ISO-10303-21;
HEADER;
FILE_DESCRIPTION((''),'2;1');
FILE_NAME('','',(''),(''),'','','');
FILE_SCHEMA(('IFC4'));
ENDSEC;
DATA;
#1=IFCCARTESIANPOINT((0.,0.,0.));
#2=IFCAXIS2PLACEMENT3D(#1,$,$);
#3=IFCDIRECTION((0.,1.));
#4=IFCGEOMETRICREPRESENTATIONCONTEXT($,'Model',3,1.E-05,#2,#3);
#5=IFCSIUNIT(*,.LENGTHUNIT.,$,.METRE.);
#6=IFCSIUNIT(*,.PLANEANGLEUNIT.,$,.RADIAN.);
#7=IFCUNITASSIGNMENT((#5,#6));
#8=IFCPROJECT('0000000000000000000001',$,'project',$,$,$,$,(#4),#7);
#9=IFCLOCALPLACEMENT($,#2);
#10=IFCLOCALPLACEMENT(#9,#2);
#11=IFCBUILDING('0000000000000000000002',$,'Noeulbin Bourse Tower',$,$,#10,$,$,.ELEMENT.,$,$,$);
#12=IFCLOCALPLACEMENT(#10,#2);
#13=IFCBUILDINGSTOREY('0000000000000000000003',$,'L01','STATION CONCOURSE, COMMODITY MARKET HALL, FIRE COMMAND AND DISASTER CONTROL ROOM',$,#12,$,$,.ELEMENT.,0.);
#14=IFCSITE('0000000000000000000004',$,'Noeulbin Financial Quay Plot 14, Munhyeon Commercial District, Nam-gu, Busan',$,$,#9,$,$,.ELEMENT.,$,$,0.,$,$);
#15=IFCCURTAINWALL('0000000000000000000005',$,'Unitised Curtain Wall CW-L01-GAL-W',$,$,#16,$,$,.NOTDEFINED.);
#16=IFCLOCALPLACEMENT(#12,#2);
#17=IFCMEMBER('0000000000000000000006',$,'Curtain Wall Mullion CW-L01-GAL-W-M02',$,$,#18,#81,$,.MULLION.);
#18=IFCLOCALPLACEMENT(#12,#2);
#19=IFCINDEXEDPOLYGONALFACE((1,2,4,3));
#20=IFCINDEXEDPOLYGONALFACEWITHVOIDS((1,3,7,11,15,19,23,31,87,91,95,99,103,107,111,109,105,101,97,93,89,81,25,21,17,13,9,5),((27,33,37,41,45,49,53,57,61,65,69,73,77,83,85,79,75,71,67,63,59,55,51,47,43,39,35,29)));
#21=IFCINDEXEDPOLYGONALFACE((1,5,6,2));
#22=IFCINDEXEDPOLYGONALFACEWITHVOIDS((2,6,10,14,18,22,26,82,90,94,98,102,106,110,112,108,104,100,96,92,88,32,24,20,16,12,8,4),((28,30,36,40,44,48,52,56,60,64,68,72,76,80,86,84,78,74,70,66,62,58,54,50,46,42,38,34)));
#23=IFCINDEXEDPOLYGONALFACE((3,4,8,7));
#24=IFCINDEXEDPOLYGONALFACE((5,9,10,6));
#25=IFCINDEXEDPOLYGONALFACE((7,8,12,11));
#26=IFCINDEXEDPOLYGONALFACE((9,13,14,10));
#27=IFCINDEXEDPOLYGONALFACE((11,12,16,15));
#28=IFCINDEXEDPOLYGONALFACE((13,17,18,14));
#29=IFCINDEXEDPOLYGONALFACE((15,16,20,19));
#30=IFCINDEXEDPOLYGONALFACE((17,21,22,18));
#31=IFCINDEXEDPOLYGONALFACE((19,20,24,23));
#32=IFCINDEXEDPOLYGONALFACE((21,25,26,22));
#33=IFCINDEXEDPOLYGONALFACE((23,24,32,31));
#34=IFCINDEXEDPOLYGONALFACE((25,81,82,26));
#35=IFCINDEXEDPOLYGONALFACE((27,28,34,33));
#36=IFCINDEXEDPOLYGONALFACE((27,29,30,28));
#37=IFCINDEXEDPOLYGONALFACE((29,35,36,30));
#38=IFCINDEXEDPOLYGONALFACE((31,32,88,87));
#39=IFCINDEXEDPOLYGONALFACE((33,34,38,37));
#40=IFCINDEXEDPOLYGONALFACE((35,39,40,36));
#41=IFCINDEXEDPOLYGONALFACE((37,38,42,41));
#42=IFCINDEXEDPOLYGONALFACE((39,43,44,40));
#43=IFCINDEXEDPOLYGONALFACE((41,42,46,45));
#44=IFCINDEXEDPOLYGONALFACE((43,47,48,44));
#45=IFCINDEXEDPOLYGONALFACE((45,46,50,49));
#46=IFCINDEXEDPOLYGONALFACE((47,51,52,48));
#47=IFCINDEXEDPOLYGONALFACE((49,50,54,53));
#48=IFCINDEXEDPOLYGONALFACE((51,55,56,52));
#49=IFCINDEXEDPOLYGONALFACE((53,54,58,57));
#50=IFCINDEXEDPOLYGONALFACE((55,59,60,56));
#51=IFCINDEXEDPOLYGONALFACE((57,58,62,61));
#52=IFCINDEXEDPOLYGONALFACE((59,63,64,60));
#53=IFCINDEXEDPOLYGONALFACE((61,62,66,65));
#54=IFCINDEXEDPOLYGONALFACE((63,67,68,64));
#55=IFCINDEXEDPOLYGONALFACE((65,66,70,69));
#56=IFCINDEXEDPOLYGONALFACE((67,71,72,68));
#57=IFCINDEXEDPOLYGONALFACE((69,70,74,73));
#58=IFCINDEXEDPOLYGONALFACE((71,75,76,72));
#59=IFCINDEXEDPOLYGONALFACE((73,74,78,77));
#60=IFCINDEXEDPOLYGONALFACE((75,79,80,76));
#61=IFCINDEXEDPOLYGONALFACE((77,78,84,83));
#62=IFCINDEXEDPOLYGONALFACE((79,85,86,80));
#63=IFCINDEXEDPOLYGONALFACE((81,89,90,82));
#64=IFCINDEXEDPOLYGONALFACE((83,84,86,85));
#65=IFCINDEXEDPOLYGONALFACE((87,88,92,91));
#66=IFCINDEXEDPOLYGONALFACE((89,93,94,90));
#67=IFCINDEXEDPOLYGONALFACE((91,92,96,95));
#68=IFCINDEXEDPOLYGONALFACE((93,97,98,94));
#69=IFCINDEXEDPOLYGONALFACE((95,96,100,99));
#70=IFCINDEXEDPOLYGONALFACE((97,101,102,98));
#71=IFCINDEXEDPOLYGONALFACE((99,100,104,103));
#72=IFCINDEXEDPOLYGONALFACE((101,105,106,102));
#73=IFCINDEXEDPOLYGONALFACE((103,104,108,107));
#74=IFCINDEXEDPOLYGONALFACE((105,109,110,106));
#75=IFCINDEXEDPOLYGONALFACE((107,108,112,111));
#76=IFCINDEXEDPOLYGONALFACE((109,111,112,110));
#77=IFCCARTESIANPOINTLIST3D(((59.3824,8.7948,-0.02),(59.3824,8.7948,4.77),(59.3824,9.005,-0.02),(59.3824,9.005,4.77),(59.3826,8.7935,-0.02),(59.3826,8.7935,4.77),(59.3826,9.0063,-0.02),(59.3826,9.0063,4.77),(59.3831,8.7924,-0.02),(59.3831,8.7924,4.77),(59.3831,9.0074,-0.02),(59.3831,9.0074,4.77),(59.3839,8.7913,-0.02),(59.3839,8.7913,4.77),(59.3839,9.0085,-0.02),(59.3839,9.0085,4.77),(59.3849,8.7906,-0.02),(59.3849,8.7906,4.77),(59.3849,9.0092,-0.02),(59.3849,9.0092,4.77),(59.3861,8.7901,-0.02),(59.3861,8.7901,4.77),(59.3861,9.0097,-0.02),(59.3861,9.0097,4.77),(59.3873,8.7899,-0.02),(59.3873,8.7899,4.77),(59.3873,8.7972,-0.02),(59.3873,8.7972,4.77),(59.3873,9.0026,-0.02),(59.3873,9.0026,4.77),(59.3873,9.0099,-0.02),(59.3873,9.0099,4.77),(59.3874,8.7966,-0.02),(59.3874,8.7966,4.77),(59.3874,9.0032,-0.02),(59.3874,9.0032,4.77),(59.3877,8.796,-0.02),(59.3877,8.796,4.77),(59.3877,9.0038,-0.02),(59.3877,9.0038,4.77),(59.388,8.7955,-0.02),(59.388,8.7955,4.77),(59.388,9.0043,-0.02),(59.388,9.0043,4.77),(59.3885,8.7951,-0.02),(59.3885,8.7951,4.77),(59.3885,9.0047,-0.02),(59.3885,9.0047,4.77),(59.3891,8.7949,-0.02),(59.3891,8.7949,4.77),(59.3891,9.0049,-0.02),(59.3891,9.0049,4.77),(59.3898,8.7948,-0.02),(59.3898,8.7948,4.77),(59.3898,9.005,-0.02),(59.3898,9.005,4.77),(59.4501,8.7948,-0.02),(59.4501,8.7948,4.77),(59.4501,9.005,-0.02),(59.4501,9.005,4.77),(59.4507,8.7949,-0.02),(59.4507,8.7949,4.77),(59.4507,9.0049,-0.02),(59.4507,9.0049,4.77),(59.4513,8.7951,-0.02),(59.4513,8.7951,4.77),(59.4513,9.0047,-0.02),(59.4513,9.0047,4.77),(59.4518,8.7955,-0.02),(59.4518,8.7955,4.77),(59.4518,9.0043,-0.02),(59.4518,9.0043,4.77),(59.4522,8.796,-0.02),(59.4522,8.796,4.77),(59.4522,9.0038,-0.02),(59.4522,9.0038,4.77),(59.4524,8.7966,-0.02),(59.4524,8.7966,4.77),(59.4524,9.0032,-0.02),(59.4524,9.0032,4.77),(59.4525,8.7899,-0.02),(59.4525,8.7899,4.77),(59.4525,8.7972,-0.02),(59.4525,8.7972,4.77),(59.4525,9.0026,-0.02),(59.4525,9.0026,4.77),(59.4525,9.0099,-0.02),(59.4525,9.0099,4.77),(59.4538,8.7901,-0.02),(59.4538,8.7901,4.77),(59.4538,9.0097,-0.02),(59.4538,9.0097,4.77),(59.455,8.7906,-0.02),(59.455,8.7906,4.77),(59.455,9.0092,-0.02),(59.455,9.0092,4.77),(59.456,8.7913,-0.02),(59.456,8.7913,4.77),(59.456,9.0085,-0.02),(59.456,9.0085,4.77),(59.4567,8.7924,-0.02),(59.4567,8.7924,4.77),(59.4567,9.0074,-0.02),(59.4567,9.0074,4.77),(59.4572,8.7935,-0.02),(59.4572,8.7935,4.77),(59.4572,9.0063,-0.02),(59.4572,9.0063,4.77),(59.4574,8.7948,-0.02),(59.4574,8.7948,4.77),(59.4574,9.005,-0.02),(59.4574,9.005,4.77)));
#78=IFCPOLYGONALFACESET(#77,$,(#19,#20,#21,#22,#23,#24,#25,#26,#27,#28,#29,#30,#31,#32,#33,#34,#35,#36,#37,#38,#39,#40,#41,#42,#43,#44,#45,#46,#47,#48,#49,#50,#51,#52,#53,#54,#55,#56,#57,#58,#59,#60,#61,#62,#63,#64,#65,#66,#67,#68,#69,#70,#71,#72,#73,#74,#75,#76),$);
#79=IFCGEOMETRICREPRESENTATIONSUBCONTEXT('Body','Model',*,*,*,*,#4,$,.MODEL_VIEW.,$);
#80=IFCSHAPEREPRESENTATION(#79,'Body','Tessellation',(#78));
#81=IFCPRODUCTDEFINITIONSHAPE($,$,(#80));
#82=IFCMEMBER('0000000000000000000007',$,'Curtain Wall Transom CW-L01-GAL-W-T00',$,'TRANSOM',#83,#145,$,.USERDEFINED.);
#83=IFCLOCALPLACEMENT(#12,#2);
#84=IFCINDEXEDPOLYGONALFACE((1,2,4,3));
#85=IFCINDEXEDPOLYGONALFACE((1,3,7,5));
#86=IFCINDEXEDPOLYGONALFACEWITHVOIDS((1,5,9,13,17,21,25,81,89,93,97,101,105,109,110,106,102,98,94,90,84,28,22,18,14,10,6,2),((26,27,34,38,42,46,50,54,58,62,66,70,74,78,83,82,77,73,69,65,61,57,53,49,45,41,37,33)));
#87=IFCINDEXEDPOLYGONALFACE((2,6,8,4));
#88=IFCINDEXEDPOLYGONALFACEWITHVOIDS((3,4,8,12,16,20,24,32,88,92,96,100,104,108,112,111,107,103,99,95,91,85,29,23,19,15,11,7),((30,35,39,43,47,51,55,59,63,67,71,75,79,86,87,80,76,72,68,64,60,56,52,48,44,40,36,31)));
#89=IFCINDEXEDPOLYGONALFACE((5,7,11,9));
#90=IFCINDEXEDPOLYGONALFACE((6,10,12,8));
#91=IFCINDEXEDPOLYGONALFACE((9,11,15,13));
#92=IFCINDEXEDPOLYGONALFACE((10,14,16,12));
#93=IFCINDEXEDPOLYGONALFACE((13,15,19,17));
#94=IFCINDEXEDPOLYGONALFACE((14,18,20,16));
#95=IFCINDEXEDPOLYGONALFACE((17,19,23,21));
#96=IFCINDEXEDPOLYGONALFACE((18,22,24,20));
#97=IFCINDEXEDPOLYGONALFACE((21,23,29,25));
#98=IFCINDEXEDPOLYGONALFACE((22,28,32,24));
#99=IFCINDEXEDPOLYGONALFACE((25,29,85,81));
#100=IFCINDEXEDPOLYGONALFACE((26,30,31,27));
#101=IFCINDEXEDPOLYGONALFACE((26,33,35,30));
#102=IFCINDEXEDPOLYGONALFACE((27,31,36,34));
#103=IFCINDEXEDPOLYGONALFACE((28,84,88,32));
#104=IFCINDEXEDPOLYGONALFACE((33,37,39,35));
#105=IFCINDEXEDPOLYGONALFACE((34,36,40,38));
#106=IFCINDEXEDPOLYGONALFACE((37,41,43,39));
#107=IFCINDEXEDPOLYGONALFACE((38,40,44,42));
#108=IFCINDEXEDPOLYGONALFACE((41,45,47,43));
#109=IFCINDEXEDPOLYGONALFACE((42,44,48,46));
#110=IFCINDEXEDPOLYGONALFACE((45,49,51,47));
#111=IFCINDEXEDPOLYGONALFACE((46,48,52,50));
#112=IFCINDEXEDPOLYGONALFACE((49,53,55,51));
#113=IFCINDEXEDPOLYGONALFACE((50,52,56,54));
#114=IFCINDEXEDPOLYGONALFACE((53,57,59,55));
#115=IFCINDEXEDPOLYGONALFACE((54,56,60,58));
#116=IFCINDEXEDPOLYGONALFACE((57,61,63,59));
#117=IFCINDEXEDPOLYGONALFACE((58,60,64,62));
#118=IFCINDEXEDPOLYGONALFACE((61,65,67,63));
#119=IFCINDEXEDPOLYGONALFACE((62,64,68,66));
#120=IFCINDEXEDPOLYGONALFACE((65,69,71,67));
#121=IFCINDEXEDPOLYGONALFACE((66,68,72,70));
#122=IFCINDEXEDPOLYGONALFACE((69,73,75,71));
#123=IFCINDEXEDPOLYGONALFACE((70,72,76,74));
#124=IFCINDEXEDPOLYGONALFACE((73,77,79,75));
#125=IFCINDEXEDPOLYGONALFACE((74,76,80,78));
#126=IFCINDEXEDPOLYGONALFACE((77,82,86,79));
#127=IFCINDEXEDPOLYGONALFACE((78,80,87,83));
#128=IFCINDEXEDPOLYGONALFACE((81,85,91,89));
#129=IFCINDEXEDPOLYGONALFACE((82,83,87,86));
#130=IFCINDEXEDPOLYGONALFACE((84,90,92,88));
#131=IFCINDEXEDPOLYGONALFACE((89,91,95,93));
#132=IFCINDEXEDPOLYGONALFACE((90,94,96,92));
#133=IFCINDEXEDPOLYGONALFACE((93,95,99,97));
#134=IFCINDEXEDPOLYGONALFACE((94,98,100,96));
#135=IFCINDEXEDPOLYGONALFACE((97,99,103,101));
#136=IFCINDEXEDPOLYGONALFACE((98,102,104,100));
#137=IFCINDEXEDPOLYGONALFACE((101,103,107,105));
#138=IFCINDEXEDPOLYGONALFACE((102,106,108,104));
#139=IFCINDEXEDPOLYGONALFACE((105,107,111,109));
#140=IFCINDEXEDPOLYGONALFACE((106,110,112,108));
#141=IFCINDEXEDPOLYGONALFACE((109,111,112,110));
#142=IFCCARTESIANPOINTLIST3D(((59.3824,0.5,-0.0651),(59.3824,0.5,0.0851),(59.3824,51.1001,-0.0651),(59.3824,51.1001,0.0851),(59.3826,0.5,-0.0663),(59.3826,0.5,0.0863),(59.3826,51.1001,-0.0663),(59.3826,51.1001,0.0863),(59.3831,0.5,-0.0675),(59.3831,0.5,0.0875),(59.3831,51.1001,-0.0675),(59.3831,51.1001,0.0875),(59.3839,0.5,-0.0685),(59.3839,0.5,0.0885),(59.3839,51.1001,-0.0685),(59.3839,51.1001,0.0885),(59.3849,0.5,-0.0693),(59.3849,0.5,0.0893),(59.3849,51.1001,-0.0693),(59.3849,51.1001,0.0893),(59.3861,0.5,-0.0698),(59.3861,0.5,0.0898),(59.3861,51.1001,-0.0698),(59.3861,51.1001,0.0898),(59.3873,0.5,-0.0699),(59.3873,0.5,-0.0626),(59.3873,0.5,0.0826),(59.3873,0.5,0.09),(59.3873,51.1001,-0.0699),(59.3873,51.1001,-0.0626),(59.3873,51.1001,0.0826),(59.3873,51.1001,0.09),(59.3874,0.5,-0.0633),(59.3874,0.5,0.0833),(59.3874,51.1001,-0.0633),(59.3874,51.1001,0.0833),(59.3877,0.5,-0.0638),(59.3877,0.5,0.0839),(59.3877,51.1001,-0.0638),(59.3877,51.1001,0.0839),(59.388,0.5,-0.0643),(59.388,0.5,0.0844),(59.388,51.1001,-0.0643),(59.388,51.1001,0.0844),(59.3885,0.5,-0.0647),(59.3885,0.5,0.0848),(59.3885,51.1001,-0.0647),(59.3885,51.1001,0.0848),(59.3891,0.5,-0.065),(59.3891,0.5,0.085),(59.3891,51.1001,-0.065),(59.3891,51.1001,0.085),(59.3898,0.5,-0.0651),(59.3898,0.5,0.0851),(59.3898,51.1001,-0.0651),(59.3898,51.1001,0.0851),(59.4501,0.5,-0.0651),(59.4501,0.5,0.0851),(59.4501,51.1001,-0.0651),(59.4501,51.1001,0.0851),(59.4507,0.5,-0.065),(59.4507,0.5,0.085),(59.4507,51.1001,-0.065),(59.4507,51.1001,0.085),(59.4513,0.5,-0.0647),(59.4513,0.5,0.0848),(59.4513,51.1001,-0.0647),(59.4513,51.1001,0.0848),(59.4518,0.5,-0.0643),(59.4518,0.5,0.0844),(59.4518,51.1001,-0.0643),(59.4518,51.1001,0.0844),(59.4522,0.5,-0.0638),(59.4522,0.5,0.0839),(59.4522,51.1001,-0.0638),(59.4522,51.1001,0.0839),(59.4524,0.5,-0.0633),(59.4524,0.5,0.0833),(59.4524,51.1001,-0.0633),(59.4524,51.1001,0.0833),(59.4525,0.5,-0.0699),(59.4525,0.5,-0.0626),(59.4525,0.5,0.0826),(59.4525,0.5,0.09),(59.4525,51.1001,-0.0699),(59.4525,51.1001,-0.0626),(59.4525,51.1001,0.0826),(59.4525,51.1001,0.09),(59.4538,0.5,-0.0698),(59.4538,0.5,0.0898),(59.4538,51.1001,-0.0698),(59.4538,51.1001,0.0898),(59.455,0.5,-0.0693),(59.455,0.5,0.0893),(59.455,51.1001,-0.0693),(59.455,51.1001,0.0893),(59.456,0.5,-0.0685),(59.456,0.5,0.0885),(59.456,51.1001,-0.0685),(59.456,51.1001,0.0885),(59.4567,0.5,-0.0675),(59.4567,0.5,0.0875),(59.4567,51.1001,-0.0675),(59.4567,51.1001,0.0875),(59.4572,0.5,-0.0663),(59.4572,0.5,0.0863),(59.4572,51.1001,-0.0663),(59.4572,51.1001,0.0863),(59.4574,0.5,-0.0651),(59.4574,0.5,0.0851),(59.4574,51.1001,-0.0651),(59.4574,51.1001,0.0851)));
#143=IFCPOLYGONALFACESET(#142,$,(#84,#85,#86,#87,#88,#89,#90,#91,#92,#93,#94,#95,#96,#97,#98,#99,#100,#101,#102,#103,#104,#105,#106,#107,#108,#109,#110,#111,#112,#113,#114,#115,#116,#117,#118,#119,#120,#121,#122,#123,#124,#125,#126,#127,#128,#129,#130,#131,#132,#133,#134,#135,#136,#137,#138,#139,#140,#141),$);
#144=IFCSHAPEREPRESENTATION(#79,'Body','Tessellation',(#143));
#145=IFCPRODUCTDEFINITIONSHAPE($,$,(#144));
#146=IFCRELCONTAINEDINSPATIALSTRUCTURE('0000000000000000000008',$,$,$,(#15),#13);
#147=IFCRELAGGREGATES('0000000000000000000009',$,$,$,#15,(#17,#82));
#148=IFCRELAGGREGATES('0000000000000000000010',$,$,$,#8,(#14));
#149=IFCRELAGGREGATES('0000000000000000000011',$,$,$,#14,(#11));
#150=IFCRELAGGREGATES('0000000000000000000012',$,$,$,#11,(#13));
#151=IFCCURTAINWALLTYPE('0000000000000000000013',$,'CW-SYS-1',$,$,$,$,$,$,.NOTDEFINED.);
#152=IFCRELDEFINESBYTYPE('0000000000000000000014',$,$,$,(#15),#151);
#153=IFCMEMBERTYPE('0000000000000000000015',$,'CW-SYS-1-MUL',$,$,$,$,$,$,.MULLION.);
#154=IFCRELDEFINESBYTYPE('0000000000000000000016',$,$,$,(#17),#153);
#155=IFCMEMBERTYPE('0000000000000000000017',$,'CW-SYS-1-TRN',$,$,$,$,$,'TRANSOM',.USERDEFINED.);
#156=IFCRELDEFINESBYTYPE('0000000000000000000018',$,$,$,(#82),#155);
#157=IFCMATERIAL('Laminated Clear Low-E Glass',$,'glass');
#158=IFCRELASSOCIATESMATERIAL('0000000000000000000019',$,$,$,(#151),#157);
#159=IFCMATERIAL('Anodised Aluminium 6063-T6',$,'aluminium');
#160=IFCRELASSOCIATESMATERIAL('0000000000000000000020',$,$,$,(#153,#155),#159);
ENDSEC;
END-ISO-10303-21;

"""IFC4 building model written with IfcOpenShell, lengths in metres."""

from ifc_helpers import new_model, si_unit, direction, frame, origin, origin_2d, place, context, subcontext, project, spatial, hollow_rectangle, extrude, material, material_profile, profile_set, type_object, element, aggregate, save


model = new_model("IFC4")

# Units and contexts
model_context = context("Model", 3, precision=1e-05, world=origin(), true_north=direction((0.0, 1.0)))
body_context = subcontext(model_context, "Body", "Model", "MODEL_VIEW")
ifc_project = project(units=[si_unit("LENGTHUNIT", "METRE"), si_unit("PLANEANGLEUNIT", "RADIAN")], contexts=[model_context])

# Site, building, storey
site_placement = place(None, origin())
site = spatial("IfcSite", under=ifc_project, at=site_placement, Name="Noeulbin Financial Quay Plot 14, Munhyeon Commercial District, Nam-gu, Busan", CompositionType="ELEMENT", RefElevation=0.0)
building_placement = place(site_placement, origin())
building = spatial("IfcBuilding", under=site, at=building_placement, Name="Noeulbin Bourse Tower", CompositionType="ELEMENT")
storey_placement = place(building_placement, origin())
storey = spatial("IfcBuildingStorey", under=building, at=storey_placement, Name="L01", Description="STATION CONCOURSE, COMMODITY MARKET HALL, FIRE COMMAND AND DISASTER CONTROL ROOM", CompositionType="ELEMENT", Elevation=0.0)

# Curtain wall, members
ifc_material_1 = material(Name="Laminated Clear Low-E Glass", Category="glass")
curtain_wall_type = type_object("IfcCurtainWallType", Name="CW-SYS-1", PredefinedType="NOTDEFINED", material=ifc_material_1)
curtain_wall_placement = place(storey_placement, origin())
curtain_wall = element("IfcCurtainWall", 1, at=curtain_wall_placement, inside=storey, type_object=curtain_wall_type, Name="Unitised Curtain Wall CW-L01-GAL-W", PredefinedType="NOTDEFINED")
ifc_material_2 = material(Name="Anodised Aluminium 6063-T6", Category="aluminium")
ifc_material_profile_1 = material_profile(ifc_material_2, hollow_rectangle(XDim=0.075, YDim=0.22, WallThickness=0.0049, InnerFilletRadius=0.0024, OuterFilletRadius=0.0049, at=origin_2d()), Name="ALU-MULL-75x220x5", Category="LoadBearing")
ifc_profile_set_1 = profile_set([ifc_material_profile_1], Name="Anodised Aluminium 6063-T6")
member_type_1 = type_object("IfcMemberType", Name="CW-SYS-1-MUL", PredefinedType="MULLION", material=ifc_profile_set_1)
member_1_placement = place(storey_placement, frame((59.4199, 8.8999, -0.02), z_axis=(0.0, 0.0, 1.0), x_axis=(1.0, 0.0, 0.0)))
member_1 = element("IfcMember", 2, at=member_1_placement, type_object=member_type_1, Name="Curtain Wall Mullion CW-L01-GAL-W-M02", PredefinedType="MULLION", context=body_context, shape_type="SweptSolid", body=[
    extrude(hollow_rectangle(XDim=0.075, YDim=0.22, WallThickness=0.0049, InnerFilletRadius=0.0024, OuterFilletRadius=0.0049, at=origin_2d()), origin(), (0.0, 0.0, 1.0), 4.79),
])
ifc_material_profile_2 = material_profile(ifc_material_2, hollow_rectangle(XDim=0.075, YDim=0.1599, WallThickness=0.0049, InnerFilletRadius=0.0024, OuterFilletRadius=0.0049, at=origin_2d()), Name="ALU-TRAN-75x160x5", Category="LoadBearing")
ifc_profile_set_2 = profile_set([ifc_material_profile_2], Name="Anodised Aluminium 6063-T6")
member_type_2 = type_object("IfcMemberType", Name="CW-SYS-1-TRN", ElementType="TRANSOM", PredefinedType="USERDEFINED", material=ifc_profile_set_2)
member_2_placement = place(storey_placement, frame((59.4199, 0.5, 0.01), z_axis=(0.0, 1.0, 0.0), x_axis=(-1.0, 0.0, 0.0)))
member_2 = element("IfcMember", 3, at=member_2_placement, type_object=member_type_2, Name="Curtain Wall Transom CW-L01-GAL-W-T00", ObjectType="TRANSOM", PredefinedType="USERDEFINED", context=body_context, shape_type="SweptSolid", body=[
    extrude(hollow_rectangle(XDim=0.075, YDim=0.1599, WallThickness=0.0049, InnerFilletRadius=0.0024, OuterFilletRadius=0.0049, at=origin_2d()), origin(), (0.0, 0.0, 1.0), 50.6001),
])
aggregate(curtain_wall, [member_1, member_2])

save(model, "model.ifc")
